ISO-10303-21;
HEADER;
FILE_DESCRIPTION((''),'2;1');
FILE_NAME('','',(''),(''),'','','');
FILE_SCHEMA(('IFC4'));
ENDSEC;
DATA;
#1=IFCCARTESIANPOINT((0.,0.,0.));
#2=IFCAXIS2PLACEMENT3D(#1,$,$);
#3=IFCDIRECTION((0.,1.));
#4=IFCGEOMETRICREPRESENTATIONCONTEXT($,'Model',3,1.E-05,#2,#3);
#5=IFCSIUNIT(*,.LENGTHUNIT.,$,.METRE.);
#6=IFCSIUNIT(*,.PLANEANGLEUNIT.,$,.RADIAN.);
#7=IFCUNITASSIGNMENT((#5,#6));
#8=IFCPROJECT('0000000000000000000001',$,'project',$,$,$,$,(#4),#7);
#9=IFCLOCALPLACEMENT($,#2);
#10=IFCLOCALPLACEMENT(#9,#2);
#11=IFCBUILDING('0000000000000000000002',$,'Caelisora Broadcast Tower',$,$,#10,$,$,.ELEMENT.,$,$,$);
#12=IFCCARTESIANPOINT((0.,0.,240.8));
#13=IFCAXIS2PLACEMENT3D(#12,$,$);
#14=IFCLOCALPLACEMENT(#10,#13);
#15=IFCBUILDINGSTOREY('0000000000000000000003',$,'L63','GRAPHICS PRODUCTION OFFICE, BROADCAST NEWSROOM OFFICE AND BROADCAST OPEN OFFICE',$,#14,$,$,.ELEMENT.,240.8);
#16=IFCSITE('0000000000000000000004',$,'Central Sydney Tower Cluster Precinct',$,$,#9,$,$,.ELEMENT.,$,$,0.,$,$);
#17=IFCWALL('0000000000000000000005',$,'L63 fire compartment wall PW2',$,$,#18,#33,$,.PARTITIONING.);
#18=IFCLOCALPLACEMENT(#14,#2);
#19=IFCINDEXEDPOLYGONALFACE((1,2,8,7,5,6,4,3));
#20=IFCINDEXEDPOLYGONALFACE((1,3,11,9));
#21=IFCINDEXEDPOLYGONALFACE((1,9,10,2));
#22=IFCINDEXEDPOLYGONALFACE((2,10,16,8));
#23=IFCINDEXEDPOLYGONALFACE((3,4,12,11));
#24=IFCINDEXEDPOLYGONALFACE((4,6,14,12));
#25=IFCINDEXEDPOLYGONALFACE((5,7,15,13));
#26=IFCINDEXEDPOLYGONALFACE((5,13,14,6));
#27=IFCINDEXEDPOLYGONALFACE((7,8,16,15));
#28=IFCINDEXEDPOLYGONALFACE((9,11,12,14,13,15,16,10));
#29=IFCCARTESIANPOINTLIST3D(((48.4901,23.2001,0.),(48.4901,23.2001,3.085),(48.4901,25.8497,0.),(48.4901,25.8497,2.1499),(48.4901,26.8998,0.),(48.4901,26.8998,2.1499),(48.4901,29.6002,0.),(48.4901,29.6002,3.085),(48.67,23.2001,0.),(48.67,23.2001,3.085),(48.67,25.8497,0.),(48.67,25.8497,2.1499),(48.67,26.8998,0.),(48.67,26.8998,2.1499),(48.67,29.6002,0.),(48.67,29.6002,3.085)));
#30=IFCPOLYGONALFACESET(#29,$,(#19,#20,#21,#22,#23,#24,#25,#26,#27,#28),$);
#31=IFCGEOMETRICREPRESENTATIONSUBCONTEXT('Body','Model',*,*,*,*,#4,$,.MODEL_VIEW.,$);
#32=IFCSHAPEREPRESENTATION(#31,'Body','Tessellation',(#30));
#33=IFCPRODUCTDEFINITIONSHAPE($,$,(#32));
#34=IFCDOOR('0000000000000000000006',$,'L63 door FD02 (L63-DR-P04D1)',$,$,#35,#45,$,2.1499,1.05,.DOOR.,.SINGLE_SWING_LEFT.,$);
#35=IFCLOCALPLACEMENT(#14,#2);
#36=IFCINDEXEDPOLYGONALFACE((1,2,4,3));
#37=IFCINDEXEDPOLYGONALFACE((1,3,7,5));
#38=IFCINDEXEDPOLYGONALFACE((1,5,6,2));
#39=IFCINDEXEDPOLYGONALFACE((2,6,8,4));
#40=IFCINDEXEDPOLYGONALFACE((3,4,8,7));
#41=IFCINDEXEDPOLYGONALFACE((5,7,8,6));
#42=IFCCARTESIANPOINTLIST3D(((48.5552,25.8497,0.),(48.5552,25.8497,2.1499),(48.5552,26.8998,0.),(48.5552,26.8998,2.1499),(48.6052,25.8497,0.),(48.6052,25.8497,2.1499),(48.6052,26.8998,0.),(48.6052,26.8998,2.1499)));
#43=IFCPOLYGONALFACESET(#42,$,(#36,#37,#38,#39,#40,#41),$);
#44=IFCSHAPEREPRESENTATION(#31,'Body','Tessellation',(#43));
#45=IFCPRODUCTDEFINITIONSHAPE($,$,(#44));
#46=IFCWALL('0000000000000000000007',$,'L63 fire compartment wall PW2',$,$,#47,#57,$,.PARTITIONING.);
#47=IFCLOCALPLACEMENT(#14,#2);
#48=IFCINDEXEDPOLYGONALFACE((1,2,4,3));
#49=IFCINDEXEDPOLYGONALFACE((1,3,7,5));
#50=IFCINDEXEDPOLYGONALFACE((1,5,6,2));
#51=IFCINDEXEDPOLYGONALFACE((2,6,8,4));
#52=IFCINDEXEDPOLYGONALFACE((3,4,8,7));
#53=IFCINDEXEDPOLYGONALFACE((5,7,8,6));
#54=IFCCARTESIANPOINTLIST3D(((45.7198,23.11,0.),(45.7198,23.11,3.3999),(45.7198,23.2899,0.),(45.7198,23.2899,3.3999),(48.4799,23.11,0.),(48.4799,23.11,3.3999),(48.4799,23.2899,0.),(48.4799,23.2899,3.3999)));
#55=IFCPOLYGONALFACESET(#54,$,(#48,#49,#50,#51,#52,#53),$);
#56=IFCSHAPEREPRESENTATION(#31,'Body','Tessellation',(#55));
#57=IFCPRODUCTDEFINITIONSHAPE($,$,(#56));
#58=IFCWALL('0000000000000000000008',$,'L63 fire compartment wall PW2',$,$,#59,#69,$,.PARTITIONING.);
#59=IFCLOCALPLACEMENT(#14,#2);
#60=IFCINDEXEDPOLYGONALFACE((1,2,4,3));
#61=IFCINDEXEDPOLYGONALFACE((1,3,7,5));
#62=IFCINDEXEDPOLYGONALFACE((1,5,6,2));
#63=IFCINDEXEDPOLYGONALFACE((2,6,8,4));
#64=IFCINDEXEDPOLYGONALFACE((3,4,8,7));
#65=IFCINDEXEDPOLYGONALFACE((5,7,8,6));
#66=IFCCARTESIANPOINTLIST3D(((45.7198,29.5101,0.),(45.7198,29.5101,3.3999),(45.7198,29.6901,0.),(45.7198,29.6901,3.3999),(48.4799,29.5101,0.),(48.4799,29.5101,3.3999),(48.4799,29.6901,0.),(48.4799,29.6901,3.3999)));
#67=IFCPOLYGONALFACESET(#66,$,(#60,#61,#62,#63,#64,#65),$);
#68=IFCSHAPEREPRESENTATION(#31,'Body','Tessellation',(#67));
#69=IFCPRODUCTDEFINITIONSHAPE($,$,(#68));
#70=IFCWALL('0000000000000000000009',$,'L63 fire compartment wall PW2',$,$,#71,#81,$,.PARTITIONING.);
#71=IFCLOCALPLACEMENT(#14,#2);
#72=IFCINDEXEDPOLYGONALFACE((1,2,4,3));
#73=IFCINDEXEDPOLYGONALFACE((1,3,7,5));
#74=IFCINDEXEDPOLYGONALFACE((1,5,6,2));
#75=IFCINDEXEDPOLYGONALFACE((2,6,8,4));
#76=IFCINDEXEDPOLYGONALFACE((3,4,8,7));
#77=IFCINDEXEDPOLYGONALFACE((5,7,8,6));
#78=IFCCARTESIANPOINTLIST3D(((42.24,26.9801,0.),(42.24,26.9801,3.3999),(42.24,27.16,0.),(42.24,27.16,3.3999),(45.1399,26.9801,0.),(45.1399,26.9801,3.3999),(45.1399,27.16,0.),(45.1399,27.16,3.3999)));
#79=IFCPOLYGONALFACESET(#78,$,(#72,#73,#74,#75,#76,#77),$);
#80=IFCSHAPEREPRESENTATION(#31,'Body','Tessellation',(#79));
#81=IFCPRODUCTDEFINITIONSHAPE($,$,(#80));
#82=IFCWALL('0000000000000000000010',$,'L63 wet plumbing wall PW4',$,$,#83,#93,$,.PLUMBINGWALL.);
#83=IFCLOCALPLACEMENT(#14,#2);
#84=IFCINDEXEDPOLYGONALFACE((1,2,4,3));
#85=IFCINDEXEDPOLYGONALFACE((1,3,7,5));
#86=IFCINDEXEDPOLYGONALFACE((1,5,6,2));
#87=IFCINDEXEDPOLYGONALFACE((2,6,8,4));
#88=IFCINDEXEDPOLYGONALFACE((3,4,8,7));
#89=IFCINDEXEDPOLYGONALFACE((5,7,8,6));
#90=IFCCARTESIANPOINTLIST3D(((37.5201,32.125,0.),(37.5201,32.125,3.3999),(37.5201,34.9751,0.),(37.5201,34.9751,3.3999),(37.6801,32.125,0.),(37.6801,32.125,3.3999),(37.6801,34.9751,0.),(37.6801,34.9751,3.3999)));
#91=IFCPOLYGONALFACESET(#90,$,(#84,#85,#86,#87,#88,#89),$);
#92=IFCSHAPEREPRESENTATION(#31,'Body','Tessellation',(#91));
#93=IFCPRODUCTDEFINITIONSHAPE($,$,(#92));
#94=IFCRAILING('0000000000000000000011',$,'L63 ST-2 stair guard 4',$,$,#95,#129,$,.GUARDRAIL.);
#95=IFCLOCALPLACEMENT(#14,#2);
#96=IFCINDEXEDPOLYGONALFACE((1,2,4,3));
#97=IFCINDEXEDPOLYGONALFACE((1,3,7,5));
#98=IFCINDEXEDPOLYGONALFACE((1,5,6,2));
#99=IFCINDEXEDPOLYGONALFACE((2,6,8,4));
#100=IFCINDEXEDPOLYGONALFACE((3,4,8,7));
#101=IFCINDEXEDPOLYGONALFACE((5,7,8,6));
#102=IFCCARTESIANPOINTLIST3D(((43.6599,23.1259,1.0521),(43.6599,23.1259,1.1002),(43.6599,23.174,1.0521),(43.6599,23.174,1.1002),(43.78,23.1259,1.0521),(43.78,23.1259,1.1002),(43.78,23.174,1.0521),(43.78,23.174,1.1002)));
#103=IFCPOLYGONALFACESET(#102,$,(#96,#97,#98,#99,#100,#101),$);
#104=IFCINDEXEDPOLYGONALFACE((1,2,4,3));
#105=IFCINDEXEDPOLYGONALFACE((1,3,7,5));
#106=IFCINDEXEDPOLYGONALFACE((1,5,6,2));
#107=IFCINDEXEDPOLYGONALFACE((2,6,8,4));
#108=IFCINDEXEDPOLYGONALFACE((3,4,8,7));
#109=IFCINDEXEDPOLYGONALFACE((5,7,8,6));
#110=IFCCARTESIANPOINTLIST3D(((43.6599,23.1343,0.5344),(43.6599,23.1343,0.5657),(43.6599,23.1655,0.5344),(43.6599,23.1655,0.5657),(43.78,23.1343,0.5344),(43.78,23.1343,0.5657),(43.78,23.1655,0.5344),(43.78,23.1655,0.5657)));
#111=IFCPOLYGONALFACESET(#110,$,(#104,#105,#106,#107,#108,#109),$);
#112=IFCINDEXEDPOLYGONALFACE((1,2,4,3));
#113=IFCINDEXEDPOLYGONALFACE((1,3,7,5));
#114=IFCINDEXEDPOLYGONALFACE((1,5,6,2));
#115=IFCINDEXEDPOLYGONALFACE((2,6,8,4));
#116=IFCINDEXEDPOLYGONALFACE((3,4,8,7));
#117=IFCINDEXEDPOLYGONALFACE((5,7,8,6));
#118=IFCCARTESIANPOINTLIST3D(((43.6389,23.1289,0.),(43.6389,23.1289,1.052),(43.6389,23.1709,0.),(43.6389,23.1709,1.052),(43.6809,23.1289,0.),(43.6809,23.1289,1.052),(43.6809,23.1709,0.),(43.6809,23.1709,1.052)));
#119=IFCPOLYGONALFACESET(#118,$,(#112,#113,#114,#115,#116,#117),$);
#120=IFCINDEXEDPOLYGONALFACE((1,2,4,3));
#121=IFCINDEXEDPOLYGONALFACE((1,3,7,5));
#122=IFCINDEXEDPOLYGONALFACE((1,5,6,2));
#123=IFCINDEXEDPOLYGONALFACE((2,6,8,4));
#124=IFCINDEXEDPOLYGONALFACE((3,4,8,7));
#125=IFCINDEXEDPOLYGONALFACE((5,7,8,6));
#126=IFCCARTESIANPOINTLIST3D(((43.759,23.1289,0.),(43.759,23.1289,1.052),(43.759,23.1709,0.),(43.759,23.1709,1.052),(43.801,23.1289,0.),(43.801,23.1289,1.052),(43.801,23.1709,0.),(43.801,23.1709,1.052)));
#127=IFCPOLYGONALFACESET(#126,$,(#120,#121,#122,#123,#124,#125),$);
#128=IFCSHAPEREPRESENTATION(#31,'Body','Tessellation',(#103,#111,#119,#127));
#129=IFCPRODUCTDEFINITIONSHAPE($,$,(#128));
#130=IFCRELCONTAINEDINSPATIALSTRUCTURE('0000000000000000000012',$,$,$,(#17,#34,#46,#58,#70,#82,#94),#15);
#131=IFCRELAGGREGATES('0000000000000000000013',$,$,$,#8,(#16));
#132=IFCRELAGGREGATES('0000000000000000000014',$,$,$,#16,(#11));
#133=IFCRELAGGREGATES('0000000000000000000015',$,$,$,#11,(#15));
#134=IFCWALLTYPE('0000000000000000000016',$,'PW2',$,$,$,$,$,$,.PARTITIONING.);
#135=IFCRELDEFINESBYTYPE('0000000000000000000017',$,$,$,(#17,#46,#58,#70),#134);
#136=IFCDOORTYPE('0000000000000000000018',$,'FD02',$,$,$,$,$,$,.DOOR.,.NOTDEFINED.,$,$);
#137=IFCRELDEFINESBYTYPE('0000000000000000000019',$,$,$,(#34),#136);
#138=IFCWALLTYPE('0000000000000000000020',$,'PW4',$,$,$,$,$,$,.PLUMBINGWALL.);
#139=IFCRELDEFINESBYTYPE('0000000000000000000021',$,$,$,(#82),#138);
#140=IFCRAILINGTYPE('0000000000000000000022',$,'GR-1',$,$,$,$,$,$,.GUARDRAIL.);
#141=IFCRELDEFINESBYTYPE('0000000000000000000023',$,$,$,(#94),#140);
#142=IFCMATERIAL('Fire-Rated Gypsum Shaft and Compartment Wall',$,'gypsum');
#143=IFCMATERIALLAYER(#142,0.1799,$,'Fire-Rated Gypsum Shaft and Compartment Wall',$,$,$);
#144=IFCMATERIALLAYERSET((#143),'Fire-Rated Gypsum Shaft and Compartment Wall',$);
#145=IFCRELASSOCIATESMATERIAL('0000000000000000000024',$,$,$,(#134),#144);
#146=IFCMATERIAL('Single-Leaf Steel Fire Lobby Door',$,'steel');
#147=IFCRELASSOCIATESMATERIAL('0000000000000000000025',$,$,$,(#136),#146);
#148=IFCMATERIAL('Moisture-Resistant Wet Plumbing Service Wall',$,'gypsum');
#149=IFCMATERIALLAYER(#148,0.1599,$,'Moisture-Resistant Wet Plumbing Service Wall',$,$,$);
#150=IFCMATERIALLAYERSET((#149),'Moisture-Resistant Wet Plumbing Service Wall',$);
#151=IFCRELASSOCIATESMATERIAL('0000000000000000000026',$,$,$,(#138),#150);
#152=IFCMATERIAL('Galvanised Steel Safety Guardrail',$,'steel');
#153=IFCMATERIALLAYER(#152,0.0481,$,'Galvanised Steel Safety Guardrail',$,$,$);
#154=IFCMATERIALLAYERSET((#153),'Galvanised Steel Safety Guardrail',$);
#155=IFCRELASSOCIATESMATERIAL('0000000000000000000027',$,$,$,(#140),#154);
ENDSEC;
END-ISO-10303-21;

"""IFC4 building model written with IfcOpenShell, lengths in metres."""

from ifc_helpers import new_model, si_unit, direction, frame, frame_2d, origin, origin_2d, place, context, subcontext, project, spatial, rectangle, extrude, material, layer, layer_set, type_object, element, fill, save


model = new_model("IFC4")

# Units and contexts
model_context = context("Model", 3, precision=1e-05, world=origin(), true_north=direction((0.0, 1.0)))
body_context = subcontext(model_context, "Body", "Model", "MODEL_VIEW")
ifc_project = project(units=[si_unit("LENGTHUNIT", "METRE"), si_unit("PLANEANGLEUNIT", "RADIAN")], contexts=[model_context])

# Site, building, storey
site_placement = place(None, origin())
site = spatial("IfcSite", under=ifc_project, at=site_placement, Name="Central Sydney Tower Cluster Precinct", CompositionType="ELEMENT", RefElevation=0.0)
building_placement = place(site_placement, origin())
building = spatial("IfcBuilding", under=site, at=building_placement, Name="Caelisora Broadcast Tower", CompositionType="ELEMENT")
storey_placement = place(building_placement, frame((0.0, 0.0, 240.8)))
storey = spatial("IfcBuildingStorey", under=building, at=storey_placement, Name="L63", Description="GRAPHICS PRODUCTION OFFICE, BROADCAST NEWSROOM OFFICE AND BROADCAST OPEN OFFICE", CompositionType="ELEMENT", Elevation=240.8)

# Shared definitions
ifc_material_1 = material(Name="Fire-Rated Gypsum Shaft and Compartment Wall", Category="gypsum")
ifc_layer_1 = layer(ifc_material_1, 0.1799, Name="Fire-Rated Gypsum Shaft and Compartment Wall")
ifc_layer_set_1 = layer_set([ifc_layer_1], Name="Fire-Rated Gypsum Shaft and Compartment Wall")
wall_type_1 = type_object("IfcWallType", Name="PW2", PredefinedType="PARTITIONING", material=ifc_layer_set_1)

# Wall, opening, door
wall_1_placement = place(storey_placement, frame((48.5801, 23.2, 0.0), z_axis=(0.0, 0.0, 1.0), x_axis=(0.0, 1.0, 0.0)))
wall_1 = element("IfcWall", 1, at=wall_1_placement, inside=storey, type_object=wall_type_1, Name="L63 fire compartment wall PW2", PredefinedType="PARTITIONING", context=body_context, shape_type="SweptSolid", body=[
    extrude(rectangle(XDim=6.4001, YDim=0.1799, at=frame_2d((3.2002, 0.0))), origin(), (0.0, 0.0, 1.0), 3.085),
])
opening_1_placement = place(wall_1_placement, frame((2.6499, 0.0, 0.0)))
opening_1 = element("IfcOpeningElement", 2, at=opening_1_placement, cuts=wall_1, PredefinedType="OPENING", context=body_context, shape_type="SweptSolid", body=[
    extrude(rectangle(XDim=1.05, YDim=2.1499, at=frame_2d((0.5249, 1.075))), frame((0.0, 0.1021, 0.0), z_axis=(0.0, -1.0, 0.0), x_axis=(1.0, 0.0, 0.0)), (0.0, 0.0, 1.0), 0.2039),
])
ifc_material_2 = material(Name="Single-Leaf Steel Fire Lobby Door", Category="steel")
door_type_1 = type_object("IfcDoorType", Name="FD02", OperationType="NOTDEFINED", PredefinedType="DOOR", material=ifc_material_2)
door_1_placement = place(opening_1_placement, origin())
door_1 = element("IfcDoor", 3, at=door_1_placement, inside=storey, type_object=door_type_1, Name="L63 door FD02 (L63-DR-P04D1)", OperationType="SINGLE_SWING_LEFT", OverallHeight=2.1499, OverallWidth=1.05, PredefinedType="DOOR", context=body_context, shape_type="SweptSolid", body=[
    extrude(rectangle(XDim=1.05, YDim=2.1499, at=frame_2d((0.5249, 1.075))), frame((0.0, 0.0249, 0.0), z_axis=(0.0, -1.0, 0.0), x_axis=(1.0, 0.0, 0.0)), (0.0, 0.0, 1.0), 0.05),
])
fill(opening_1, door_1)

# Walls
for number, where, z_axis, x_axis, name in (
    (4, (45.72, 23.2, 0.0), (0.0, 0.0, 1.0), (1.0, 0.0, 0.0), "L63 fire compartment wall PW2"),
    (5, (45.72, 29.6001, 0.0), (0.0, 0.0, 1.0), (1.0, 0.0, 0.0), "L63 fire compartment wall PW2"),
):
    element("IfcWall", number, at=place(storey_placement, frame(where, z_axis=z_axis, x_axis=x_axis)), inside=storey, type_object=wall_type_1, Name=name, PredefinedType="PARTITIONING", context=body_context, shape_type="SweptSolid", body=[
        extrude(rectangle(XDim=2.76, YDim=0.1799, at=frame_2d((1.3799, 0.0))), origin(), (0.0, 0.0, 1.0), 3.3999),
    ])
wall_2_placement = place(storey_placement, frame((42.24, 27.0701, 0.0), z_axis=(0.0, 0.0, 1.0), x_axis=(1.0, 0.0, 0.0)))
element("IfcWall", 6, at=wall_2_placement, inside=storey, type_object=wall_type_1, Name="L63 fire compartment wall PW2", PredefinedType="PARTITIONING", context=body_context, shape_type="SweptSolid", body=[
    extrude(rectangle(XDim=2.8999, YDim=0.1799, at=frame_2d((1.45, 0.0))), origin(), (0.0, 0.0, 1.0), 3.3999),
])
ifc_material_3 = material(Name="Moisture-Resistant Wet Plumbing Service Wall", Category="gypsum")
ifc_layer_2 = layer(ifc_material_3, 0.1599, Name="Moisture-Resistant Wet Plumbing Service Wall")
ifc_layer_set_2 = layer_set([ifc_layer_2], Name="Moisture-Resistant Wet Plumbing Service Wall")
wall_type_2 = type_object("IfcWallType", Name="PW4", PredefinedType="PLUMBINGWALL", material=ifc_layer_set_2)
wall_3_placement = place(storey_placement, frame((37.6001, 32.125, 0.0), z_axis=(0.0, 0.0, 1.0), x_axis=(0.0, 1.0, 0.0)))
element("IfcWall", 7, at=wall_3_placement, inside=storey, type_object=wall_type_2, Name="L63 wet plumbing wall PW4", PredefinedType="PLUMBINGWALL", context=body_context, shape_type="SweptSolid", body=[
    extrude(rectangle(XDim=2.8501, YDim=0.1599, at=frame_2d((1.425, 0.0))), origin(), (0.0, 0.0, 1.0), 3.3999),
])

# Railing
ifc_material_4 = material(Name="Galvanised Steel Safety Guardrail", Category="steel")
ifc_layer_3 = layer(ifc_material_4, 0.0481, Name="Galvanised Steel Safety Guardrail")
ifc_layer_set_3 = layer_set([ifc_layer_3], Name="Galvanised Steel Safety Guardrail")
railing_type = type_object("IfcRailingType", Name="GR-1", PredefinedType="GUARDRAIL", material=ifc_layer_set_3)
railing_placement = place(storey_placement, frame((43.6599, 23.1499, 0.0)))
element("IfcRailing", 8, at=railing_placement, inside=storey, type_object=railing_type, Name="L63 ST-2 stair guard 4", PredefinedType="GUARDRAIL", context=body_context, shape_type="SweptSolid", body=[
    extrude(rectangle(XDim=0.0481, YDim=0.0481, at=origin_2d()), frame((0.0, 0.0, 1.0762), z_axis=(1.0, 0.0, 0.0), x_axis=(0.0, 1.0, 0.0)), (0.0, 0.0, 1.0), 0.1201),
    extrude(rectangle(XDim=0.0312, YDim=0.0312, at=origin_2d()), frame((0.0, 0.0, 0.55), z_axis=(1.0, 0.0, 0.0), x_axis=(0.0, 1.0, 0.0)), (0.0, 0.0, 1.0), 0.1201),
    extrude(rectangle(XDim=0.042, YDim=0.042, at=origin_2d()), origin(), (0.0, 0.0, 1.0), 1.052),
    extrude(rectangle(XDim=0.042, YDim=0.042, at=origin_2d()), frame((0.1201, 0.0, 0.0)), (0.0, 0.0, 1.0), 1.052),
])

save(model, "model.ifc")
